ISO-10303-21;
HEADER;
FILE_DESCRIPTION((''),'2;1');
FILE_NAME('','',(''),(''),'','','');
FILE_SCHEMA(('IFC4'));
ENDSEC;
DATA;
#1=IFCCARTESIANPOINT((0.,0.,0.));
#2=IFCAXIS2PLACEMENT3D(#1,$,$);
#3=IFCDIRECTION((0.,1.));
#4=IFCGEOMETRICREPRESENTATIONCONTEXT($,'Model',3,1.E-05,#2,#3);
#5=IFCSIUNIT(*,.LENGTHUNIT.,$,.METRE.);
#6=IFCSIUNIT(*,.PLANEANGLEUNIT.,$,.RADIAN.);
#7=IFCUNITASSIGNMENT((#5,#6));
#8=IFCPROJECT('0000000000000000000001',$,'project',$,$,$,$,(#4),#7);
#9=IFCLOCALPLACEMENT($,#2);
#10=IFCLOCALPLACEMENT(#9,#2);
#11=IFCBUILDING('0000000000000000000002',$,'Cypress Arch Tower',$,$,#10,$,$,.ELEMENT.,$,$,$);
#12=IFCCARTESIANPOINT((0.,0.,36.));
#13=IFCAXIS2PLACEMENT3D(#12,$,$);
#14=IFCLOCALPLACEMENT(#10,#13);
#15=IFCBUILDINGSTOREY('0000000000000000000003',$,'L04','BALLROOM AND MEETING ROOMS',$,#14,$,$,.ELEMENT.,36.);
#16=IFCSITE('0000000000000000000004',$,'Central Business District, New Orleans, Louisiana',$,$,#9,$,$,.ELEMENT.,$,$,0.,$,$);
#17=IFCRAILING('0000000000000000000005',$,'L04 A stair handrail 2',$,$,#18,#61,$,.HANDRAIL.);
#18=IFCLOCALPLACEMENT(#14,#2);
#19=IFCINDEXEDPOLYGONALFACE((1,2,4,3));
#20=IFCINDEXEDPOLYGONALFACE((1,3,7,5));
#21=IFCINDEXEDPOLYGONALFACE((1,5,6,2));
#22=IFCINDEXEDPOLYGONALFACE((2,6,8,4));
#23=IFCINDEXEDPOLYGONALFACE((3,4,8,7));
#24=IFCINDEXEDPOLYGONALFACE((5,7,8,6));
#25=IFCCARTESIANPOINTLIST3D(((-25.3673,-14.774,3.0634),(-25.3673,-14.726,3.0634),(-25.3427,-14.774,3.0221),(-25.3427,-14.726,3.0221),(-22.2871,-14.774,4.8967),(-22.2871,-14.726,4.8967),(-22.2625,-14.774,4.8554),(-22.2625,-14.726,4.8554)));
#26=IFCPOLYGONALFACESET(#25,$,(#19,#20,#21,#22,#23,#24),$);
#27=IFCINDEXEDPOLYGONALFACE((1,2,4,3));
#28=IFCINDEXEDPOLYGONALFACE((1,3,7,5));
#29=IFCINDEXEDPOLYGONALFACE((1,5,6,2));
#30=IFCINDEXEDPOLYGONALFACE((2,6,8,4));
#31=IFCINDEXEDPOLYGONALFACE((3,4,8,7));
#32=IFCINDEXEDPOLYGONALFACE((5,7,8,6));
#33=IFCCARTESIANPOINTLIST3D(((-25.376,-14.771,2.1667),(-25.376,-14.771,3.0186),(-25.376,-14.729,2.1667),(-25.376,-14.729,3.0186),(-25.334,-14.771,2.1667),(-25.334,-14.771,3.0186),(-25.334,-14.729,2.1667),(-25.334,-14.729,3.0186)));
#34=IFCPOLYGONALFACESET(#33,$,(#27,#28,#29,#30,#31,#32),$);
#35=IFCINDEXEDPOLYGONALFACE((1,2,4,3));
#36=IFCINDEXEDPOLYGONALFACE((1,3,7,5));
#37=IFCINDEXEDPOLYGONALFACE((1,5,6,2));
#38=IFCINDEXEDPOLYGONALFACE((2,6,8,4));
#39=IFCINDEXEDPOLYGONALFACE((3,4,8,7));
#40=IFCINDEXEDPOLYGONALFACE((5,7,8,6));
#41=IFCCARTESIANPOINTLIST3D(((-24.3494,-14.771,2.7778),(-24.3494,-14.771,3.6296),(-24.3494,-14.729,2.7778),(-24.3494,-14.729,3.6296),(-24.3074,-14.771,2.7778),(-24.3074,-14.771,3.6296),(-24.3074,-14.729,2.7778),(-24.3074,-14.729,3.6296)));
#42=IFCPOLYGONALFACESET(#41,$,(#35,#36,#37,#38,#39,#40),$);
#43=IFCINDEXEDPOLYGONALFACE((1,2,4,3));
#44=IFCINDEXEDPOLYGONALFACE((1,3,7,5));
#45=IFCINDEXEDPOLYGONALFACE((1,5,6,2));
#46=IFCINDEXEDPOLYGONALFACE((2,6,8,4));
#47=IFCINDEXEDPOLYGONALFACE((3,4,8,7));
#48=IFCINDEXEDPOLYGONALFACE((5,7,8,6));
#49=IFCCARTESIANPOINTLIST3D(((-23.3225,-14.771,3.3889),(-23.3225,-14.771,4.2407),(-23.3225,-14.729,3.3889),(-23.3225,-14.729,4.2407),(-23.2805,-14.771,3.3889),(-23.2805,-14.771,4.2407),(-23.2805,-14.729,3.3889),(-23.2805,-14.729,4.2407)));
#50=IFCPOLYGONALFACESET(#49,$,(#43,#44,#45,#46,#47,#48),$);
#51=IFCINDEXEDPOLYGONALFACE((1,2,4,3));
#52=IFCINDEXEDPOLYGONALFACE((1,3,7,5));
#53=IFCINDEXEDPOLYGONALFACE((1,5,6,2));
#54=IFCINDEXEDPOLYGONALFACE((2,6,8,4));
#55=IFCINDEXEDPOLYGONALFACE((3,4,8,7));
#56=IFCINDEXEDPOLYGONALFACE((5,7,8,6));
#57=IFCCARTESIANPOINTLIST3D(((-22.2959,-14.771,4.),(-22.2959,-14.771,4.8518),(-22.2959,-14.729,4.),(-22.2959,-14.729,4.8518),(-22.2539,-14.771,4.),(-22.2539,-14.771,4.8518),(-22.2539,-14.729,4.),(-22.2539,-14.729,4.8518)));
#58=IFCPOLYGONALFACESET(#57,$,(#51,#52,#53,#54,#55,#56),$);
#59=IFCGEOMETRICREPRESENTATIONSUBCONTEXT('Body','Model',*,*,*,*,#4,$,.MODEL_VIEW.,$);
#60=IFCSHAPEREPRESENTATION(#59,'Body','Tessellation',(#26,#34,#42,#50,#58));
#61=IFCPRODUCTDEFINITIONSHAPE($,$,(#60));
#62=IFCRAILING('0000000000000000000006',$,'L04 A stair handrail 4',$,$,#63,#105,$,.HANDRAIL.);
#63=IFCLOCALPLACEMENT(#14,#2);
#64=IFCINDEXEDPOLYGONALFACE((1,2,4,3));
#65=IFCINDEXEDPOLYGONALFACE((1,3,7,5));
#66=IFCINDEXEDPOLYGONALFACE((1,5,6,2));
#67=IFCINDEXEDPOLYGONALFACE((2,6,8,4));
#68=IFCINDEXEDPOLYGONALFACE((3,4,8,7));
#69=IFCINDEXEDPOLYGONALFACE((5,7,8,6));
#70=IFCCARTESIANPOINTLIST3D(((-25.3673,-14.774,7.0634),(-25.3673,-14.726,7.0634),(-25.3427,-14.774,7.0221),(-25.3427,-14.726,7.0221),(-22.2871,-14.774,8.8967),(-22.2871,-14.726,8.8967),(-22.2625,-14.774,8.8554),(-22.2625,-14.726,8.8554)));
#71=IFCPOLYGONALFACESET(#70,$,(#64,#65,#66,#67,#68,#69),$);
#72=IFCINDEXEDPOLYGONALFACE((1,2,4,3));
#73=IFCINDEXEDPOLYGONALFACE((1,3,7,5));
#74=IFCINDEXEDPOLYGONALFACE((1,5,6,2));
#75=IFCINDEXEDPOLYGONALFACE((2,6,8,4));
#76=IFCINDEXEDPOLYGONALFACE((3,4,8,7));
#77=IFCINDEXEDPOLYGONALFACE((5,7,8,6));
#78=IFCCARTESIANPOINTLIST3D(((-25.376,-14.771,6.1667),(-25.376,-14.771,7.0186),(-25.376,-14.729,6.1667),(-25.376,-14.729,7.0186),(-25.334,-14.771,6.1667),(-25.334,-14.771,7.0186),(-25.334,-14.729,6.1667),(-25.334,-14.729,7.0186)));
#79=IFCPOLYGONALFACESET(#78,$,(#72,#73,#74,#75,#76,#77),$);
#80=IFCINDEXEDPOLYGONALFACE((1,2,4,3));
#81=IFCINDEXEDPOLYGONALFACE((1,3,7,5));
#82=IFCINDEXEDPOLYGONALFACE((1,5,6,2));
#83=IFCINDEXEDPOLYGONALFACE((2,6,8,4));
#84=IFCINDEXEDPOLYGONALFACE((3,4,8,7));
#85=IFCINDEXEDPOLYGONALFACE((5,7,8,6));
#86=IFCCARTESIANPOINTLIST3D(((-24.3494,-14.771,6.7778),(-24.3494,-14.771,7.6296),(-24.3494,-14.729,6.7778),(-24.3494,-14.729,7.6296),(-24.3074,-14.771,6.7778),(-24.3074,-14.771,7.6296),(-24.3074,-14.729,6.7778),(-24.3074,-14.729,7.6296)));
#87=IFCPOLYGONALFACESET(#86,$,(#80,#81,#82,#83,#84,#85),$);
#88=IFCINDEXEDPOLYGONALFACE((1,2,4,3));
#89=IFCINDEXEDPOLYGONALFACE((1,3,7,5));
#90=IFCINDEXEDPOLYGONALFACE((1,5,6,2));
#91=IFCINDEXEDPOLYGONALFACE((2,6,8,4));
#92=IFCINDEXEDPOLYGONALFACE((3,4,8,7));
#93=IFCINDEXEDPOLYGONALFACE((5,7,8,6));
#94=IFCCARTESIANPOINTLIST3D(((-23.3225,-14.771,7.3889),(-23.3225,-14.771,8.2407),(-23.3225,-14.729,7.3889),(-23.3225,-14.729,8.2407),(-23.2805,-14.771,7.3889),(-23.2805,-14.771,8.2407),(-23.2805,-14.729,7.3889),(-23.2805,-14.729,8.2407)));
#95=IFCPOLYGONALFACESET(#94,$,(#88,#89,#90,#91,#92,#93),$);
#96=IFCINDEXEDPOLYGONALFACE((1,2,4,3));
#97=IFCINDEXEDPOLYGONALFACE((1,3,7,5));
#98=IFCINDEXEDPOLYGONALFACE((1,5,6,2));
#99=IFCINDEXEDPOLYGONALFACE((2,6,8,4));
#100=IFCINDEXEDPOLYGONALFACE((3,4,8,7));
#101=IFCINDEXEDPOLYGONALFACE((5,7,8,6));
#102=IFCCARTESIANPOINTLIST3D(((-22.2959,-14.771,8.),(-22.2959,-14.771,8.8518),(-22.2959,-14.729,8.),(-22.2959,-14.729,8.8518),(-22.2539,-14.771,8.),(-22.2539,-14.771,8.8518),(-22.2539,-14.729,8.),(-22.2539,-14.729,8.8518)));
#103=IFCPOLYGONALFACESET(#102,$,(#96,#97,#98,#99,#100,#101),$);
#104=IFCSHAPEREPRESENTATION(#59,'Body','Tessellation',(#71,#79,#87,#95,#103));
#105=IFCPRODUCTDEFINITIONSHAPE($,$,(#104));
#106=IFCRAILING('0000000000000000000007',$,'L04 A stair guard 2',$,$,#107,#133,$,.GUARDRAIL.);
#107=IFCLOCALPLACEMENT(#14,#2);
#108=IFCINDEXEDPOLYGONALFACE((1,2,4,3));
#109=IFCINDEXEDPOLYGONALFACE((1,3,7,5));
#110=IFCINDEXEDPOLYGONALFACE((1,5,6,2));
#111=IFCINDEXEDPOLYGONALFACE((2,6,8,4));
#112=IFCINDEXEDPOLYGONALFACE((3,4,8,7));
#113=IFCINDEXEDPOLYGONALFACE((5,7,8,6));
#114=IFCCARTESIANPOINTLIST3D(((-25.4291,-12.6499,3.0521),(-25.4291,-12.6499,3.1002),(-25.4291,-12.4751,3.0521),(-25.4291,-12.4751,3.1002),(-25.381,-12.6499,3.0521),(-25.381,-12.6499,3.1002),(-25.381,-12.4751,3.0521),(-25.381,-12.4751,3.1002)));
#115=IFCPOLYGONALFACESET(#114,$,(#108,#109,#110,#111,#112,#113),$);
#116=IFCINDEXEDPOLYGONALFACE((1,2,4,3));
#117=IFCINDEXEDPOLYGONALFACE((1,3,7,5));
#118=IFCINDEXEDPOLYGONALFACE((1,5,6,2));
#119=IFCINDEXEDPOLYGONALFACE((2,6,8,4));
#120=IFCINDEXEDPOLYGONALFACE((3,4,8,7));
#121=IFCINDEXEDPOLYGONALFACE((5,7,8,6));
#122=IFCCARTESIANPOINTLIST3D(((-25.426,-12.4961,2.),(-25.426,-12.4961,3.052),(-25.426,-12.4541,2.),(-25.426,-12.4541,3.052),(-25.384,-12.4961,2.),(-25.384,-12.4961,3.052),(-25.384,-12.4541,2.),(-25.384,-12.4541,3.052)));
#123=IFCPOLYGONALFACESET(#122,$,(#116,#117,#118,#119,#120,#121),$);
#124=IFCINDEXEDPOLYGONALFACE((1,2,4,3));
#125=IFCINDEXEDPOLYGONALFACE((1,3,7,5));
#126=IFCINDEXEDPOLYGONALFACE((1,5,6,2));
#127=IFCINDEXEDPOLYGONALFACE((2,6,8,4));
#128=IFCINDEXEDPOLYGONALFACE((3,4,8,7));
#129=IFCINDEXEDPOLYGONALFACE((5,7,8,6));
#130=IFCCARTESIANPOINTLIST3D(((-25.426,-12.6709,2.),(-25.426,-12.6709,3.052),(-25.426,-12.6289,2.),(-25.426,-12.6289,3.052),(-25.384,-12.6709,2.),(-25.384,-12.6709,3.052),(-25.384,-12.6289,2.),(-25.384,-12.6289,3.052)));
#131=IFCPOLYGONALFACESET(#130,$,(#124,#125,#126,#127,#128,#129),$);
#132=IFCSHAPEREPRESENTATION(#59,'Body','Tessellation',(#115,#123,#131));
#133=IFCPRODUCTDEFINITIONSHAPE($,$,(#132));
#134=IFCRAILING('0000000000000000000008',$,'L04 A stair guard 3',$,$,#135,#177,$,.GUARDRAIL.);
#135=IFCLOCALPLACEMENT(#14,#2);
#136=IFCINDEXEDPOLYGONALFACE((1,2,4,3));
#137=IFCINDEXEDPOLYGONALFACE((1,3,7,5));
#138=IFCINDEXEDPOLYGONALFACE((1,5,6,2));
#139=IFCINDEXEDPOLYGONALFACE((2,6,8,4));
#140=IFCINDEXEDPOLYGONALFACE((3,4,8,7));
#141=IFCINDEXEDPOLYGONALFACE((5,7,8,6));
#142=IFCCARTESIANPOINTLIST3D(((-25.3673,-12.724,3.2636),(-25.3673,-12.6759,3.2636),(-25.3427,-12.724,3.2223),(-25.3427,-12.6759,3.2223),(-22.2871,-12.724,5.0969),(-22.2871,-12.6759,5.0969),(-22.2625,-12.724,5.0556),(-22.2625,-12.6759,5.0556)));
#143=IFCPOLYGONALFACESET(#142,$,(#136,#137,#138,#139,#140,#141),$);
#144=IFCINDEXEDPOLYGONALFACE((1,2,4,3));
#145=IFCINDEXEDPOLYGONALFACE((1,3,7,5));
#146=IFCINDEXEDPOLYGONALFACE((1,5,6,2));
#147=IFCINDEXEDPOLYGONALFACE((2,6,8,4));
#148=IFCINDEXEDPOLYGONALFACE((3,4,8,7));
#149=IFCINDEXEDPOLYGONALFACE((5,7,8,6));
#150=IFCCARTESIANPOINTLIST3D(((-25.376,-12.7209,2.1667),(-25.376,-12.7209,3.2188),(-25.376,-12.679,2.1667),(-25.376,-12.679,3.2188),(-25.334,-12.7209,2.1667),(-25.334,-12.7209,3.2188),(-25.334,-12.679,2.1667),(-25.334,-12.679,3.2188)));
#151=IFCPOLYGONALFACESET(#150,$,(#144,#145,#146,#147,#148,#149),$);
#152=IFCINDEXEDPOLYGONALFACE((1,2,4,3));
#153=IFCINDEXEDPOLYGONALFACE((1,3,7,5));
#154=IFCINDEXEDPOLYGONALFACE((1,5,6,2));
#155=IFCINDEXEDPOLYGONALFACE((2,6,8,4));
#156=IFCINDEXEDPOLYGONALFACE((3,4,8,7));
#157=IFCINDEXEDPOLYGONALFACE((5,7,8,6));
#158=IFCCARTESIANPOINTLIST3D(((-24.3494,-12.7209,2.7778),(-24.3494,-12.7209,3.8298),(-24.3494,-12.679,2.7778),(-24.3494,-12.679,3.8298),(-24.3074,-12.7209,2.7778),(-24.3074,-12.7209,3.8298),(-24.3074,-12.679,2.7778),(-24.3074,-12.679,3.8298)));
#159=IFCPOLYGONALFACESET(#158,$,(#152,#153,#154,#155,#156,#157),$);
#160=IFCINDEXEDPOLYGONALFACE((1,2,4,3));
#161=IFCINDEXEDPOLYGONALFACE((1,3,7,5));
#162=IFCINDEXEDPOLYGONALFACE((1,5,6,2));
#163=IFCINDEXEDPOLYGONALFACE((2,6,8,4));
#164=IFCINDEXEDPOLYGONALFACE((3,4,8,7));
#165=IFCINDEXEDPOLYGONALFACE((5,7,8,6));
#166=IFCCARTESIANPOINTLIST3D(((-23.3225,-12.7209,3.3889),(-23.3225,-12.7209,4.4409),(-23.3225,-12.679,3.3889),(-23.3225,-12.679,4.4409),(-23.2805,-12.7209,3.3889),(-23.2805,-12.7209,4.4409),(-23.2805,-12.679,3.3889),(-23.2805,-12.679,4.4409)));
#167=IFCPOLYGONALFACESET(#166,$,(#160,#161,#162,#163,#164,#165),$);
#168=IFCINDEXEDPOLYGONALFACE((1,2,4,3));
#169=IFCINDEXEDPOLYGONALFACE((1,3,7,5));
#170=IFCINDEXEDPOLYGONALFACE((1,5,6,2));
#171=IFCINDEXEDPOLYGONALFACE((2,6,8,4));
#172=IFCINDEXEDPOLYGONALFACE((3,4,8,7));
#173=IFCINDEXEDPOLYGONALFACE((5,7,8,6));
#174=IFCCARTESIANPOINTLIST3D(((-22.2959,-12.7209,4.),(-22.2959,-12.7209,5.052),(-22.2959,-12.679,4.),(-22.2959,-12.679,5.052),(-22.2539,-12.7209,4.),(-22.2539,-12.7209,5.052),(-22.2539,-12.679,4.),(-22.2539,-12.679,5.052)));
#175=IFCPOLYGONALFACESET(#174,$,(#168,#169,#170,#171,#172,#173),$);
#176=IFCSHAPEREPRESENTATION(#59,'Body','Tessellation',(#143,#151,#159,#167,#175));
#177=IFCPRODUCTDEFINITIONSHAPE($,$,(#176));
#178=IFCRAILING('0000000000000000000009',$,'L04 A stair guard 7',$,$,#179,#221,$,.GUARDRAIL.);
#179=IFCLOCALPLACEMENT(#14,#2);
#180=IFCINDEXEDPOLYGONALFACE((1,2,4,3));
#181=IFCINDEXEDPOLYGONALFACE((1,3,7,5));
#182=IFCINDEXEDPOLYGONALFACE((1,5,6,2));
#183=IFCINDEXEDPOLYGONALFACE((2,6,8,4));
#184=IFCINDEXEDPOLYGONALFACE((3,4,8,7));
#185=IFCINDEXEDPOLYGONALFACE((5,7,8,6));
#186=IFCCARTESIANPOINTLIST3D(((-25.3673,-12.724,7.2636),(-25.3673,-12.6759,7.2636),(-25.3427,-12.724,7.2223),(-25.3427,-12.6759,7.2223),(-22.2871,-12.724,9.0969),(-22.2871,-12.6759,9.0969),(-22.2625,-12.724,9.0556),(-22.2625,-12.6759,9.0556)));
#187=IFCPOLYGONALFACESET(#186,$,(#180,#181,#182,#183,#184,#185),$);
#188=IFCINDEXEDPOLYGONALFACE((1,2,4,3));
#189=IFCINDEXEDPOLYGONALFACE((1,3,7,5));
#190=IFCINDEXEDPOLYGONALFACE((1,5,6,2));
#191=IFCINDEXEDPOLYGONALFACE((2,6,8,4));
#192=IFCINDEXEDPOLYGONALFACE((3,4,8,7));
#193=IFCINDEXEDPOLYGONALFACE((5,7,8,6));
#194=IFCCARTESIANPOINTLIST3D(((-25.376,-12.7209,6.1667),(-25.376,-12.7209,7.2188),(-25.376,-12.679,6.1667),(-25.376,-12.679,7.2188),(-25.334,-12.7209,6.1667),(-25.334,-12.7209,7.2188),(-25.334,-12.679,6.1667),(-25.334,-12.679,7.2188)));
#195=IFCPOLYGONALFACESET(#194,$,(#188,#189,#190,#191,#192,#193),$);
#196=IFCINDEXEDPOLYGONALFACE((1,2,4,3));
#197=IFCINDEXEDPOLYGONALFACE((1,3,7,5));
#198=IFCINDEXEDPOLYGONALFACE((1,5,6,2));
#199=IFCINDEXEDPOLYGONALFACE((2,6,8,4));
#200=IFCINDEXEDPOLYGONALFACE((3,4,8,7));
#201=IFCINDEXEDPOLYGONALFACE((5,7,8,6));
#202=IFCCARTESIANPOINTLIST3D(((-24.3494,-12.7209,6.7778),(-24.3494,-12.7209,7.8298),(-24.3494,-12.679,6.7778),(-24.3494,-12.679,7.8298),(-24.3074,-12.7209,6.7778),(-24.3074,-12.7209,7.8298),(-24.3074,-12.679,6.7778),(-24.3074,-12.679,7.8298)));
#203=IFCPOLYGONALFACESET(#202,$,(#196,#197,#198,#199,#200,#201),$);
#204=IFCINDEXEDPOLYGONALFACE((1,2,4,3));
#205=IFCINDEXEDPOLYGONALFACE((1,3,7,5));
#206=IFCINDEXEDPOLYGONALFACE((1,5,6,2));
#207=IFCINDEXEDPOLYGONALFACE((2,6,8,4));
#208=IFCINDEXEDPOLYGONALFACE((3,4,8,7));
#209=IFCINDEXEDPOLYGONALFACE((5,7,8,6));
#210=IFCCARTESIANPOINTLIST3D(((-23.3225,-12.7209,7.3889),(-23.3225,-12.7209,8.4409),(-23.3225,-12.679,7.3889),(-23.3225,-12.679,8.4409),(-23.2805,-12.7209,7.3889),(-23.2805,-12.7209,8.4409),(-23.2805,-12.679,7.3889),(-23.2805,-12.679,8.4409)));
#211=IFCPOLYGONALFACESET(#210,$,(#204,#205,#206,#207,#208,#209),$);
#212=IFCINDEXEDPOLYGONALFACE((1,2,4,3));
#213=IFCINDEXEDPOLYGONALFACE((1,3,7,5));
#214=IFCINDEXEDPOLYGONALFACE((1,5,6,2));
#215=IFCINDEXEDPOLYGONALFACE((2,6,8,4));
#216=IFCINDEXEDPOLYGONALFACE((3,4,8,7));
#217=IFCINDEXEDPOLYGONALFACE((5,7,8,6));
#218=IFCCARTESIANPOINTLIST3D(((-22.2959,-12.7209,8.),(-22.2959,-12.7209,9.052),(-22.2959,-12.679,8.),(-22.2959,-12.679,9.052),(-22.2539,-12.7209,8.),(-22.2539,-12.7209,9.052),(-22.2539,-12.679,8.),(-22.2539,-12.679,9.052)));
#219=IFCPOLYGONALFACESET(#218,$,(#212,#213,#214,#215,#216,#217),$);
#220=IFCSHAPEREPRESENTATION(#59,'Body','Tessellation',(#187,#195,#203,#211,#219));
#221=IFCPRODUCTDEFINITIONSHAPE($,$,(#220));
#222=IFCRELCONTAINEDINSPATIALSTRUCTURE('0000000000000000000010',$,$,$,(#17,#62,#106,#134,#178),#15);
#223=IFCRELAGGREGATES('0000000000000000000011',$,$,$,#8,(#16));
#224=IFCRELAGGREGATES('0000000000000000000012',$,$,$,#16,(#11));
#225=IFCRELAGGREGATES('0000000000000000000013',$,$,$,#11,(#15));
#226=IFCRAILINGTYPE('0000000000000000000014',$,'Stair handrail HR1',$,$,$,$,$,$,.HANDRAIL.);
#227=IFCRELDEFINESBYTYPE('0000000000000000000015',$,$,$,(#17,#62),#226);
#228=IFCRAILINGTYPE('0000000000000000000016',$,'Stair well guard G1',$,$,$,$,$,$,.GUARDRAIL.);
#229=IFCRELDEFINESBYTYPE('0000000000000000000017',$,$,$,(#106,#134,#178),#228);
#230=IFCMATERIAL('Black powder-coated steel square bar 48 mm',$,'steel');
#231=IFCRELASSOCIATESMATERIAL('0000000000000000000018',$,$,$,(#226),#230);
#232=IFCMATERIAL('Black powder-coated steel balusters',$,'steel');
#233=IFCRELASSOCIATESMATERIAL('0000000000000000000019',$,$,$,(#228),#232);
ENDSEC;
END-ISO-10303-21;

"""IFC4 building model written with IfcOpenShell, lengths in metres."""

from ifc_helpers import new_model, si_unit, direction, frame, origin, origin_2d, place, context, subcontext, project, spatial, rectangle, extrude, material, type_object, element, save


model = new_model("IFC4")

# Units and contexts
model_context = context("Model", 3, precision=1e-05, world=origin(), true_north=direction((0.0, 1.0)))
body_context = subcontext(model_context, "Body", "Model", "MODEL_VIEW")
ifc_project = project(units=[si_unit("LENGTHUNIT", "METRE"), si_unit("PLANEANGLEUNIT", "RADIAN")], contexts=[model_context])

# Site, building, storey
site_placement = place(None, origin())
site = spatial("IfcSite", under=ifc_project, at=site_placement, Name="Central Business District, New Orleans, Louisiana", CompositionType="ELEMENT", RefElevation=0.0)
building_placement = place(site_placement, origin())
building = spatial("IfcBuilding", under=site, at=building_placement, Name="Cypress Arch Tower", CompositionType="ELEMENT")
storey_placement = place(building_placement, frame((0.0, 0.0, 36.0)))
storey = spatial("IfcBuildingStorey", under=building, at=storey_placement, Name="L04", Description="BALLROOM AND MEETING ROOMS", CompositionType="ELEMENT", Elevation=36.0)

# Railings
ifc_material_1 = material(Name="Black powder-coated steel square bar 48 mm", Category="steel")
railing_type_1 = type_object("IfcRailingType", Name="Stair handrail HR1", PredefinedType="HANDRAIL", material=ifc_material_1)
for number, where, name in (
    (1, (-25.355, -14.75, 2.1667), "L04 A stair handrail 2"),
    (2, (-25.355, -14.75, 6.1667), "L04 A stair handrail 4"),
):
    element("IfcRailing", number, at=place(storey_placement, frame(where)), inside=storey, type_object=railing_type_1, Name=name, PredefinedType="HANDRAIL", context=body_context, shape_type="SweptSolid", body=[
        extrude(rectangle(XDim=0.0481, YDim=0.0481, at=origin_2d()), frame((0.0, 0.0, 0.876), z_axis=(0.859309, 0.0, 0.511458), x_axis=(0.0, 1.0, 0.0)), (0.0, 0.0, 1.0), 3.5845),
        extrude(rectangle(XDim=0.042, YDim=0.042, at=origin_2d()), origin(), (0.0, 0.0, 1.0), 0.8518),
        extrude(rectangle(XDim=0.042, YDim=0.042, at=origin_2d()), frame((1.0266, 0.0, 0.6111)), (0.0, 0.0, 1.0), 0.8518),
        extrude(rectangle(XDim=0.042, YDim=0.042, at=origin_2d()), frame((2.0535, 0.0, 1.2222)), (0.0, 0.0, 1.0), 0.8518),
        extrude(rectangle(XDim=0.042, YDim=0.042, at=origin_2d()), frame((3.0801, 0.0, 1.8333)), (0.0, 0.0, 1.0), 0.8518),
    ])
ifc_material_2 = material(Name="Black powder-coated steel balusters", Category="steel")
railing_type_2 = type_object("IfcRailingType", Name="Stair well guard G1", PredefinedType="GUARDRAIL", material=ifc_material_2)
railing_placement = place(storey_placement, frame((-25.405, -12.4751, 2.0)))
element("IfcRailing", 3, at=railing_placement, inside=storey, type_object=railing_type_2, Name="L04 A stair guard 2", PredefinedType="GUARDRAIL", context=body_context, shape_type="SweptSolid", body=[
    extrude(rectangle(XDim=0.0481, YDim=0.0481, at=origin_2d()), frame((0.0, 0.0, 1.0762), z_axis=(0.0, -1.0, 0.0), x_axis=(1.0, 0.0, 0.0)), (0.0, 0.0, 1.0), 0.1748),
    extrude(rectangle(XDim=0.042, YDim=0.042, at=origin_2d()), origin(), (0.0, 0.0, 1.0), 1.052),
    extrude(rectangle(XDim=0.042, YDim=0.042, at=origin_2d()), frame((0.0, -0.1748, 0.0)), (0.0, 0.0, 1.0), 1.052),
])
for number, where, name in (
    (4, (-25.355, -12.7, 2.1667), "L04 A stair guard 3"),
    (5, (-25.355, -12.7, 6.1667), "L04 A stair guard 7"),
):
    element("IfcRailing", number, at=place(storey_placement, frame(where)), inside=storey, type_object=railing_type_2, Name=name, PredefinedType="GUARDRAIL", context=body_context, shape_type="SweptSolid", body=[
        extrude(rectangle(XDim=0.0481, YDim=0.0481, at=origin_2d()), frame((0.0, 0.0, 1.0762), z_axis=(0.859309, 0.0, 0.511458), x_axis=(0.0, 1.0, 0.0)), (0.0, 0.0, 1.0), 3.5845),
        extrude(rectangle(XDim=0.042, YDim=0.042, at=origin_2d()), origin(), (0.0, 0.0, 1.0), 1.052),
        extrude(rectangle(XDim=0.042, YDim=0.042, at=origin_2d()), frame((1.0266, 0.0, 0.6111)), (0.0, 0.0, 1.0), 1.052),
        extrude(rectangle(XDim=0.042, YDim=0.042, at=origin_2d()), frame((2.0535, 0.0, 1.2222)), (0.0, 0.0, 1.0), 1.052),
        extrude(rectangle(XDim=0.042, YDim=0.042, at=origin_2d()), frame((3.0801, 0.0, 1.8333)), (0.0, 0.0, 1.0), 1.052),
    ])

save(model, "model.ifc")
